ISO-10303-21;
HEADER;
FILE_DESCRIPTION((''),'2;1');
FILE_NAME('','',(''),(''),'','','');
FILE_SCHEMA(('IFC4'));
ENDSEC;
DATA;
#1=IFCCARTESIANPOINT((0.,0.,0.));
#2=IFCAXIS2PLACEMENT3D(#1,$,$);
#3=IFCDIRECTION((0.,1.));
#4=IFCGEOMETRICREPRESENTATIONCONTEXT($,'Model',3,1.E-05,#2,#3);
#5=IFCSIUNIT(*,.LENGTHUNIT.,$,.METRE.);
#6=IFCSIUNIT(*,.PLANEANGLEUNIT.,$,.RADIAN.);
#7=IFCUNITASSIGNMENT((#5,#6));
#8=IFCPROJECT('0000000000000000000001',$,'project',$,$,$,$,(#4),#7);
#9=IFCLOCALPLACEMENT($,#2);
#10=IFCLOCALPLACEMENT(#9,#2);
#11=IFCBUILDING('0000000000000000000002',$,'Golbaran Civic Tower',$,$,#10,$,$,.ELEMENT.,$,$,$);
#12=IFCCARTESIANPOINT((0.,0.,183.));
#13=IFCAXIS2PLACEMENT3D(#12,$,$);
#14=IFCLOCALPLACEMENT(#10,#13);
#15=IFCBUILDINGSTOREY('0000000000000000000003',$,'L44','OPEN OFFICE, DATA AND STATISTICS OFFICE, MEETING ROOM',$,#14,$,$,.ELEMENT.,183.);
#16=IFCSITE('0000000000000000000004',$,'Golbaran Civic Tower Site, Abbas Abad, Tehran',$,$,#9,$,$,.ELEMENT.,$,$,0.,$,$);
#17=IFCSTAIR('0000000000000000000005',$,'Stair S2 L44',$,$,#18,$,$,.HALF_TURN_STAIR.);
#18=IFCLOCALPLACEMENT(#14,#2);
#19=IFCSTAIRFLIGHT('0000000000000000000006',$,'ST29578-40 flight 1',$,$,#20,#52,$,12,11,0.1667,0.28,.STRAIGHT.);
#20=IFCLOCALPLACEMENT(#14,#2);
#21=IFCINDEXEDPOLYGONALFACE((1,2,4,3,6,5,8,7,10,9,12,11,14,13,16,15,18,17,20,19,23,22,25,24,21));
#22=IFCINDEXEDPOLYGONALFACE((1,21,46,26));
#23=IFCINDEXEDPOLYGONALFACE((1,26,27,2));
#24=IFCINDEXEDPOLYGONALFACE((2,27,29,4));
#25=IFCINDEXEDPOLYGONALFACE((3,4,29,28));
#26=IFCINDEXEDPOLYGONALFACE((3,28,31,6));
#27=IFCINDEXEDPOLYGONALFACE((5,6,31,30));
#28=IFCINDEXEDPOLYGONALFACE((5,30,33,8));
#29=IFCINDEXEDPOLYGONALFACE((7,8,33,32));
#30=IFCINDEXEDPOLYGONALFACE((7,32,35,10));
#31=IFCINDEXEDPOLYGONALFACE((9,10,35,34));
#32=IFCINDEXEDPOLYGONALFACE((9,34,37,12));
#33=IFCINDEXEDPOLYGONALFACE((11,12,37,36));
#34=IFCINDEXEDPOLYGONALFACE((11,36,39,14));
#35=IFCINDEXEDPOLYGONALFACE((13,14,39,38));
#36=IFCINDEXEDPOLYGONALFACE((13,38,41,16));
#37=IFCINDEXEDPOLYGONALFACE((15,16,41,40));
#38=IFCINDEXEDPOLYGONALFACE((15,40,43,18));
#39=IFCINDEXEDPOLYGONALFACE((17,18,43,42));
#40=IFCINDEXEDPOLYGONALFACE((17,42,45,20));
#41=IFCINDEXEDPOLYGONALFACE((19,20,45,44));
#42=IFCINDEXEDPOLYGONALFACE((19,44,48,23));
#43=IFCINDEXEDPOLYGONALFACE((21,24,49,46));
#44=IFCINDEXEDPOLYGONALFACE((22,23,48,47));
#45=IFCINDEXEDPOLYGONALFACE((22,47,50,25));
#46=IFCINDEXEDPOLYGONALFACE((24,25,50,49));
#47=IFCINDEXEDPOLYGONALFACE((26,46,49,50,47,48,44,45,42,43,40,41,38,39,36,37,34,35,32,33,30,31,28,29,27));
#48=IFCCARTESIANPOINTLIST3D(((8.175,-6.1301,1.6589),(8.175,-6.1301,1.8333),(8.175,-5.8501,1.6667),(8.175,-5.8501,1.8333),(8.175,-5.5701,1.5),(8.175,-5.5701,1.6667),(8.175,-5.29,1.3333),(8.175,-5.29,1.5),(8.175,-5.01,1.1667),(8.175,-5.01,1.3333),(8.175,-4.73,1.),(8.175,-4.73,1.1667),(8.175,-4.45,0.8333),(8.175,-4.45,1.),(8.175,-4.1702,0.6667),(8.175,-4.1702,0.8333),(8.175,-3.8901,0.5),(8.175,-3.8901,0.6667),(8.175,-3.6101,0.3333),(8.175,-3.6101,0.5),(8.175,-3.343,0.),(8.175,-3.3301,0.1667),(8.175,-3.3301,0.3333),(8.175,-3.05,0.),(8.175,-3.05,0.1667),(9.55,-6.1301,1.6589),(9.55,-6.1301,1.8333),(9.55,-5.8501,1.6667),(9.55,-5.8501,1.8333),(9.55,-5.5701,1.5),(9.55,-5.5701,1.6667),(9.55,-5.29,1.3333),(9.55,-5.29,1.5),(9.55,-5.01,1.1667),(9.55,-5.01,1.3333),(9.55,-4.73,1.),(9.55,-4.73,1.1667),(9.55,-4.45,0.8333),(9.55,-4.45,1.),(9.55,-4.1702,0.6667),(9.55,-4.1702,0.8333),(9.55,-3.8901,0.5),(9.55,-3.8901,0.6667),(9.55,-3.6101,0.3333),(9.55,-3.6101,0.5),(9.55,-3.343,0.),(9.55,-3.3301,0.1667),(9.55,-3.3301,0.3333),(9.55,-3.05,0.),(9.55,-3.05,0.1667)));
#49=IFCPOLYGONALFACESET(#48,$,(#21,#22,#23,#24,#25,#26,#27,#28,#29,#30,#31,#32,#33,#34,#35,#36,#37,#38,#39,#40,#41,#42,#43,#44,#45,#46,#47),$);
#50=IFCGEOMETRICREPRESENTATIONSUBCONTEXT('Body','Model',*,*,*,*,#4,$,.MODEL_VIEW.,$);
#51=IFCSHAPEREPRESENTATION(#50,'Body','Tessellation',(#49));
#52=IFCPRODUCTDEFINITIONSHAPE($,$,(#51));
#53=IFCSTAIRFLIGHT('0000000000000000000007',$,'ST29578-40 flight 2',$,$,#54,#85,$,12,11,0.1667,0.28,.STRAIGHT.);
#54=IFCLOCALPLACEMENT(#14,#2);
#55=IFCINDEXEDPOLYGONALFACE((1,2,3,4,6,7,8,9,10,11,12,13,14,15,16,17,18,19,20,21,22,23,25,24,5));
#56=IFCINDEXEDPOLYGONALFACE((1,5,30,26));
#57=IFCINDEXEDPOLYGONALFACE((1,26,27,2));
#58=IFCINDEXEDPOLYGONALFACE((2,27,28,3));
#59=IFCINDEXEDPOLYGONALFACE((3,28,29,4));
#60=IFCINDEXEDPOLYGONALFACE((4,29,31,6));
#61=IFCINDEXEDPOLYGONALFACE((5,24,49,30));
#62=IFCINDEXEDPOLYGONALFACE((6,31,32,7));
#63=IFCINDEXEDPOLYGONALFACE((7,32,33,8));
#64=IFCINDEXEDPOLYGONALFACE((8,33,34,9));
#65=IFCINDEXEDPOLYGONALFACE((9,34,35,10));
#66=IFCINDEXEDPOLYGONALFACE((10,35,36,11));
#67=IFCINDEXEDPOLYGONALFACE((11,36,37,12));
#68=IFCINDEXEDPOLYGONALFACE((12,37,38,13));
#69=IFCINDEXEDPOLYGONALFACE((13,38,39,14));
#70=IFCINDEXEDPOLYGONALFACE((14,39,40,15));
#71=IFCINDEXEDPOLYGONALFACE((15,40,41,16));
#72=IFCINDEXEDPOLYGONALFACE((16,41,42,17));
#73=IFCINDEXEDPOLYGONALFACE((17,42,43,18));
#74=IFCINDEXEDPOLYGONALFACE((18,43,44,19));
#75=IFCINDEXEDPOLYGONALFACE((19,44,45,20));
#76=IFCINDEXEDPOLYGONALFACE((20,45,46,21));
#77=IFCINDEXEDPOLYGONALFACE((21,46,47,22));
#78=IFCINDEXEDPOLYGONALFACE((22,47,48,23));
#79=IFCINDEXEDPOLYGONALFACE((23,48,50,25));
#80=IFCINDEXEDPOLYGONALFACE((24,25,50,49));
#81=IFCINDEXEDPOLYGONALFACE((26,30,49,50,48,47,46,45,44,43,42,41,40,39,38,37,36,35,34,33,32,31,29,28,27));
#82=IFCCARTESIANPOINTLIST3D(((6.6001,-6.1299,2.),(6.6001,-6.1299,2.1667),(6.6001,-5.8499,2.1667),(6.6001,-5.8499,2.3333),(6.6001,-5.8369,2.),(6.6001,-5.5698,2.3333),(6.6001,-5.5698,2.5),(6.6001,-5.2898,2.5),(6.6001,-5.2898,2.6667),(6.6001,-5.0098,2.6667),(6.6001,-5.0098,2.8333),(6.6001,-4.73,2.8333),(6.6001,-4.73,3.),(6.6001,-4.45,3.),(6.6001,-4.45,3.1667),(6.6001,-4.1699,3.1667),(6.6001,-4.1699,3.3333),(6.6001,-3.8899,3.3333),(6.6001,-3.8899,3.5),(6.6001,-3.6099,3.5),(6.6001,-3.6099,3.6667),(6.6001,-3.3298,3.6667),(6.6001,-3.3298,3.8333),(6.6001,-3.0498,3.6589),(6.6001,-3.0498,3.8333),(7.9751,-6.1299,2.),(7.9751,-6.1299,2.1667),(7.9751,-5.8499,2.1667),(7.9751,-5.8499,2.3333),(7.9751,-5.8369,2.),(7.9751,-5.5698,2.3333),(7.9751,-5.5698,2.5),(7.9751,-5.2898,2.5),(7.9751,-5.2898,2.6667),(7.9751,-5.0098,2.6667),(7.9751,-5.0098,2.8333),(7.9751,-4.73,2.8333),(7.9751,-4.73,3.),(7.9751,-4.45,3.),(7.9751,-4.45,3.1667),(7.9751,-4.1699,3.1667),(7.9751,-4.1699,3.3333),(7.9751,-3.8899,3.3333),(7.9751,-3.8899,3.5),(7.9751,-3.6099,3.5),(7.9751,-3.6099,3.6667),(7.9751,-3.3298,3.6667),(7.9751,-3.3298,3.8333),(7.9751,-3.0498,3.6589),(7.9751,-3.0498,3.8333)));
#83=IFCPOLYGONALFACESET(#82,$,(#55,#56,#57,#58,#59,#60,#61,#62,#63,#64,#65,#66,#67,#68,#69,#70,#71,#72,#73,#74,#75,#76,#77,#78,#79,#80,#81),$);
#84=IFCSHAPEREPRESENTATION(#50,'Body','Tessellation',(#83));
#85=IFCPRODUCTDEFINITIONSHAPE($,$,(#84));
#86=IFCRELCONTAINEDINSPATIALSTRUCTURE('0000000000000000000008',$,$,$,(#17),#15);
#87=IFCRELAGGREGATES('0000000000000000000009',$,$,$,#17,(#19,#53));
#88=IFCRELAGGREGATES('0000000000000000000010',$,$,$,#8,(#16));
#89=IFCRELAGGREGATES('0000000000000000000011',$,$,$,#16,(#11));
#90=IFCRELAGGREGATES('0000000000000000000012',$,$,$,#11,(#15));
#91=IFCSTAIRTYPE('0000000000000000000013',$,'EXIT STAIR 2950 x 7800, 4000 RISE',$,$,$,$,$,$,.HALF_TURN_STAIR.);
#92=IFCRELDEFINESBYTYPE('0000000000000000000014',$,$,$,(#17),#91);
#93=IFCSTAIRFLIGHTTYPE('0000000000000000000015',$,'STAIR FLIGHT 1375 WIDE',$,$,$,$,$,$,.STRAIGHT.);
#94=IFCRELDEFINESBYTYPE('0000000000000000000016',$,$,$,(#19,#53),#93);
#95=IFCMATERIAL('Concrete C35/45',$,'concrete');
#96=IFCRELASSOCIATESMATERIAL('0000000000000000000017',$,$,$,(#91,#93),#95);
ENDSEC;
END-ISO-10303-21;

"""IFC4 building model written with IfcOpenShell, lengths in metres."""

from ifc_helpers import new_model, si_unit, direction, frame, origin, place, context, subcontext, project, spatial, polyline, outline, extrude, material, type_object, element, aggregate, save


model = new_model("IFC4")

# Units and contexts
model_context = context("Model", 3, precision=1e-05, world=origin(), true_north=direction((0.0, 1.0)))
body_context = subcontext(model_context, "Body", "Model", "MODEL_VIEW")
ifc_project = project(units=[si_unit("LENGTHUNIT", "METRE"), si_unit("PLANEANGLEUNIT", "RADIAN")], contexts=[model_context])

# Site, building, storey
site_placement = place(None, origin())
site = spatial("IfcSite", under=ifc_project, at=site_placement, Name="Golbaran Civic Tower Site, Abbas Abad, Tehran", CompositionType="ELEMENT", RefElevation=0.0)
building_placement = place(site_placement, origin())
building = spatial("IfcBuilding", under=site, at=building_placement, Name="Golbaran Civic Tower", CompositionType="ELEMENT")
storey_placement = place(building_placement, frame((0.0, 0.0, 183.0)))
storey = spatial("IfcBuildingStorey", under=building, at=storey_placement, Name="L44", Description="OPEN OFFICE, DATA AND STATISTICS OFFICE, MEETING ROOM", CompositionType="ELEMENT", Elevation=183.0)

# Shared definitions
ifc_material_1 = material(Name="Concrete C35/45", Category="concrete")

# Shared definitions
stair_type = type_object("IfcStairType", Name="EXIT STAIR 2950 x 7800, 4000 RISE", PredefinedType="HALF_TURN_STAIR", material=ifc_material_1)

# Stair, stair flights
stair_1_placement = place(storey_placement, origin())
stair_1 = element("IfcStair", 1, at=stair_1_placement, inside=storey, type_object=stair_type, Name="Stair S2 L44", PredefinedType="HALF_TURN_STAIR")
stair_flight_type = type_object("IfcStairFlightType", Name="STAIR FLIGHT 1375 WIDE", PredefinedType="STRAIGHT", material=ifc_material_1)
stair_flight_1_placement = place(storey_placement, frame((8.8625, -3.05, 0.0), z_axis=(0.0, 0.0, 1.0), x_axis=(0.0, -1.0, 0.0)))
stair_flight_1 = element("IfcStairFlight", 2, at=stair_flight_1_placement, type_object=stair_flight_type, Name="ST29578-40 flight 1", NumberOfRisers=12, NumberOfTreads=11, PredefinedType="STRAIGHT", RiserHeight=0.1667, TreadLength=0.28, context=body_context, shape_type="SweptSolid", body=[
    extrude(outline(polyline([(0.0, 0.0), (0.0, 0.1667), (0.28, 0.1667), (0.28, 0.3333), (0.5601, 0.3333), (0.5601, 0.5), (0.8401, 0.5), (0.8401, 0.6667), (1.1201, 0.6667), (1.1201, 0.8333), (1.3999, 0.8333), (1.3999, 1.0), (1.6799, 1.0), (1.6799, 1.1667), (1.96, 1.1667), (1.96, 1.3333), (2.24, 1.3333), (2.24, 1.5), (2.52, 1.5), (2.52, 1.6667), (2.8, 1.6667), (2.8, 1.8333), (3.0801, 1.8333), (3.0801, 2.0), (3.0801, 1.6589), (0.293, 0.0), (0.0, 0.0)])), frame((0.0, 0.6875, 0.0), z_axis=(0.0, -1.0, 0.0), x_axis=(1.0, 0.0, 0.0)), (0.0, 0.0, 1.0), 1.375),
])
stair_flight_2_placement = place(storey_placement, frame((7.2876, -6.1299, 2.0), z_axis=(0.0, 0.0, 1.0), x_axis=(0.0, 1.0, 0.0)))
stair_flight_2 = element("IfcStairFlight", 3, at=stair_flight_2_placement, type_object=stair_flight_type, Name="ST29578-40 flight 2", NumberOfRisers=12, NumberOfTreads=11, PredefinedType="STRAIGHT", RiserHeight=0.1667, TreadLength=0.28, context=body_context, shape_type="SweptSolid", body=[
    extrude(outline(polyline([(0.0, 0.0), (0.0, 0.1667), (0.28, 0.1667), (0.28, 0.3333), (0.5601, 0.3333), (0.5601, 0.5), (0.8401, 0.5), (0.8401, 0.6667), (1.1201, 0.6667), (1.1201, 0.8333), (1.3999, 0.8333), (1.3999, 1.0), (1.6799, 1.0), (1.6799, 1.1667), (1.96, 1.1667), (1.96, 1.3333), (2.24, 1.3333), (2.24, 1.5), (2.52, 1.5), (2.52, 1.6667), (2.8, 1.6667), (2.8, 1.8333), (3.0801, 1.8333), (3.0801, 2.0), (3.0801, 1.6589), (0.293, 0.0), (0.0, 0.0)])), frame((0.0, 0.6875, 0.0), z_axis=(0.0, -1.0, 0.0), x_axis=(1.0, 0.0, 0.0)), (0.0, 0.0, 1.0), 1.375),
])
aggregate(stair_1, [stair_flight_1, stair_flight_2])

save(model, "model.ifc")
